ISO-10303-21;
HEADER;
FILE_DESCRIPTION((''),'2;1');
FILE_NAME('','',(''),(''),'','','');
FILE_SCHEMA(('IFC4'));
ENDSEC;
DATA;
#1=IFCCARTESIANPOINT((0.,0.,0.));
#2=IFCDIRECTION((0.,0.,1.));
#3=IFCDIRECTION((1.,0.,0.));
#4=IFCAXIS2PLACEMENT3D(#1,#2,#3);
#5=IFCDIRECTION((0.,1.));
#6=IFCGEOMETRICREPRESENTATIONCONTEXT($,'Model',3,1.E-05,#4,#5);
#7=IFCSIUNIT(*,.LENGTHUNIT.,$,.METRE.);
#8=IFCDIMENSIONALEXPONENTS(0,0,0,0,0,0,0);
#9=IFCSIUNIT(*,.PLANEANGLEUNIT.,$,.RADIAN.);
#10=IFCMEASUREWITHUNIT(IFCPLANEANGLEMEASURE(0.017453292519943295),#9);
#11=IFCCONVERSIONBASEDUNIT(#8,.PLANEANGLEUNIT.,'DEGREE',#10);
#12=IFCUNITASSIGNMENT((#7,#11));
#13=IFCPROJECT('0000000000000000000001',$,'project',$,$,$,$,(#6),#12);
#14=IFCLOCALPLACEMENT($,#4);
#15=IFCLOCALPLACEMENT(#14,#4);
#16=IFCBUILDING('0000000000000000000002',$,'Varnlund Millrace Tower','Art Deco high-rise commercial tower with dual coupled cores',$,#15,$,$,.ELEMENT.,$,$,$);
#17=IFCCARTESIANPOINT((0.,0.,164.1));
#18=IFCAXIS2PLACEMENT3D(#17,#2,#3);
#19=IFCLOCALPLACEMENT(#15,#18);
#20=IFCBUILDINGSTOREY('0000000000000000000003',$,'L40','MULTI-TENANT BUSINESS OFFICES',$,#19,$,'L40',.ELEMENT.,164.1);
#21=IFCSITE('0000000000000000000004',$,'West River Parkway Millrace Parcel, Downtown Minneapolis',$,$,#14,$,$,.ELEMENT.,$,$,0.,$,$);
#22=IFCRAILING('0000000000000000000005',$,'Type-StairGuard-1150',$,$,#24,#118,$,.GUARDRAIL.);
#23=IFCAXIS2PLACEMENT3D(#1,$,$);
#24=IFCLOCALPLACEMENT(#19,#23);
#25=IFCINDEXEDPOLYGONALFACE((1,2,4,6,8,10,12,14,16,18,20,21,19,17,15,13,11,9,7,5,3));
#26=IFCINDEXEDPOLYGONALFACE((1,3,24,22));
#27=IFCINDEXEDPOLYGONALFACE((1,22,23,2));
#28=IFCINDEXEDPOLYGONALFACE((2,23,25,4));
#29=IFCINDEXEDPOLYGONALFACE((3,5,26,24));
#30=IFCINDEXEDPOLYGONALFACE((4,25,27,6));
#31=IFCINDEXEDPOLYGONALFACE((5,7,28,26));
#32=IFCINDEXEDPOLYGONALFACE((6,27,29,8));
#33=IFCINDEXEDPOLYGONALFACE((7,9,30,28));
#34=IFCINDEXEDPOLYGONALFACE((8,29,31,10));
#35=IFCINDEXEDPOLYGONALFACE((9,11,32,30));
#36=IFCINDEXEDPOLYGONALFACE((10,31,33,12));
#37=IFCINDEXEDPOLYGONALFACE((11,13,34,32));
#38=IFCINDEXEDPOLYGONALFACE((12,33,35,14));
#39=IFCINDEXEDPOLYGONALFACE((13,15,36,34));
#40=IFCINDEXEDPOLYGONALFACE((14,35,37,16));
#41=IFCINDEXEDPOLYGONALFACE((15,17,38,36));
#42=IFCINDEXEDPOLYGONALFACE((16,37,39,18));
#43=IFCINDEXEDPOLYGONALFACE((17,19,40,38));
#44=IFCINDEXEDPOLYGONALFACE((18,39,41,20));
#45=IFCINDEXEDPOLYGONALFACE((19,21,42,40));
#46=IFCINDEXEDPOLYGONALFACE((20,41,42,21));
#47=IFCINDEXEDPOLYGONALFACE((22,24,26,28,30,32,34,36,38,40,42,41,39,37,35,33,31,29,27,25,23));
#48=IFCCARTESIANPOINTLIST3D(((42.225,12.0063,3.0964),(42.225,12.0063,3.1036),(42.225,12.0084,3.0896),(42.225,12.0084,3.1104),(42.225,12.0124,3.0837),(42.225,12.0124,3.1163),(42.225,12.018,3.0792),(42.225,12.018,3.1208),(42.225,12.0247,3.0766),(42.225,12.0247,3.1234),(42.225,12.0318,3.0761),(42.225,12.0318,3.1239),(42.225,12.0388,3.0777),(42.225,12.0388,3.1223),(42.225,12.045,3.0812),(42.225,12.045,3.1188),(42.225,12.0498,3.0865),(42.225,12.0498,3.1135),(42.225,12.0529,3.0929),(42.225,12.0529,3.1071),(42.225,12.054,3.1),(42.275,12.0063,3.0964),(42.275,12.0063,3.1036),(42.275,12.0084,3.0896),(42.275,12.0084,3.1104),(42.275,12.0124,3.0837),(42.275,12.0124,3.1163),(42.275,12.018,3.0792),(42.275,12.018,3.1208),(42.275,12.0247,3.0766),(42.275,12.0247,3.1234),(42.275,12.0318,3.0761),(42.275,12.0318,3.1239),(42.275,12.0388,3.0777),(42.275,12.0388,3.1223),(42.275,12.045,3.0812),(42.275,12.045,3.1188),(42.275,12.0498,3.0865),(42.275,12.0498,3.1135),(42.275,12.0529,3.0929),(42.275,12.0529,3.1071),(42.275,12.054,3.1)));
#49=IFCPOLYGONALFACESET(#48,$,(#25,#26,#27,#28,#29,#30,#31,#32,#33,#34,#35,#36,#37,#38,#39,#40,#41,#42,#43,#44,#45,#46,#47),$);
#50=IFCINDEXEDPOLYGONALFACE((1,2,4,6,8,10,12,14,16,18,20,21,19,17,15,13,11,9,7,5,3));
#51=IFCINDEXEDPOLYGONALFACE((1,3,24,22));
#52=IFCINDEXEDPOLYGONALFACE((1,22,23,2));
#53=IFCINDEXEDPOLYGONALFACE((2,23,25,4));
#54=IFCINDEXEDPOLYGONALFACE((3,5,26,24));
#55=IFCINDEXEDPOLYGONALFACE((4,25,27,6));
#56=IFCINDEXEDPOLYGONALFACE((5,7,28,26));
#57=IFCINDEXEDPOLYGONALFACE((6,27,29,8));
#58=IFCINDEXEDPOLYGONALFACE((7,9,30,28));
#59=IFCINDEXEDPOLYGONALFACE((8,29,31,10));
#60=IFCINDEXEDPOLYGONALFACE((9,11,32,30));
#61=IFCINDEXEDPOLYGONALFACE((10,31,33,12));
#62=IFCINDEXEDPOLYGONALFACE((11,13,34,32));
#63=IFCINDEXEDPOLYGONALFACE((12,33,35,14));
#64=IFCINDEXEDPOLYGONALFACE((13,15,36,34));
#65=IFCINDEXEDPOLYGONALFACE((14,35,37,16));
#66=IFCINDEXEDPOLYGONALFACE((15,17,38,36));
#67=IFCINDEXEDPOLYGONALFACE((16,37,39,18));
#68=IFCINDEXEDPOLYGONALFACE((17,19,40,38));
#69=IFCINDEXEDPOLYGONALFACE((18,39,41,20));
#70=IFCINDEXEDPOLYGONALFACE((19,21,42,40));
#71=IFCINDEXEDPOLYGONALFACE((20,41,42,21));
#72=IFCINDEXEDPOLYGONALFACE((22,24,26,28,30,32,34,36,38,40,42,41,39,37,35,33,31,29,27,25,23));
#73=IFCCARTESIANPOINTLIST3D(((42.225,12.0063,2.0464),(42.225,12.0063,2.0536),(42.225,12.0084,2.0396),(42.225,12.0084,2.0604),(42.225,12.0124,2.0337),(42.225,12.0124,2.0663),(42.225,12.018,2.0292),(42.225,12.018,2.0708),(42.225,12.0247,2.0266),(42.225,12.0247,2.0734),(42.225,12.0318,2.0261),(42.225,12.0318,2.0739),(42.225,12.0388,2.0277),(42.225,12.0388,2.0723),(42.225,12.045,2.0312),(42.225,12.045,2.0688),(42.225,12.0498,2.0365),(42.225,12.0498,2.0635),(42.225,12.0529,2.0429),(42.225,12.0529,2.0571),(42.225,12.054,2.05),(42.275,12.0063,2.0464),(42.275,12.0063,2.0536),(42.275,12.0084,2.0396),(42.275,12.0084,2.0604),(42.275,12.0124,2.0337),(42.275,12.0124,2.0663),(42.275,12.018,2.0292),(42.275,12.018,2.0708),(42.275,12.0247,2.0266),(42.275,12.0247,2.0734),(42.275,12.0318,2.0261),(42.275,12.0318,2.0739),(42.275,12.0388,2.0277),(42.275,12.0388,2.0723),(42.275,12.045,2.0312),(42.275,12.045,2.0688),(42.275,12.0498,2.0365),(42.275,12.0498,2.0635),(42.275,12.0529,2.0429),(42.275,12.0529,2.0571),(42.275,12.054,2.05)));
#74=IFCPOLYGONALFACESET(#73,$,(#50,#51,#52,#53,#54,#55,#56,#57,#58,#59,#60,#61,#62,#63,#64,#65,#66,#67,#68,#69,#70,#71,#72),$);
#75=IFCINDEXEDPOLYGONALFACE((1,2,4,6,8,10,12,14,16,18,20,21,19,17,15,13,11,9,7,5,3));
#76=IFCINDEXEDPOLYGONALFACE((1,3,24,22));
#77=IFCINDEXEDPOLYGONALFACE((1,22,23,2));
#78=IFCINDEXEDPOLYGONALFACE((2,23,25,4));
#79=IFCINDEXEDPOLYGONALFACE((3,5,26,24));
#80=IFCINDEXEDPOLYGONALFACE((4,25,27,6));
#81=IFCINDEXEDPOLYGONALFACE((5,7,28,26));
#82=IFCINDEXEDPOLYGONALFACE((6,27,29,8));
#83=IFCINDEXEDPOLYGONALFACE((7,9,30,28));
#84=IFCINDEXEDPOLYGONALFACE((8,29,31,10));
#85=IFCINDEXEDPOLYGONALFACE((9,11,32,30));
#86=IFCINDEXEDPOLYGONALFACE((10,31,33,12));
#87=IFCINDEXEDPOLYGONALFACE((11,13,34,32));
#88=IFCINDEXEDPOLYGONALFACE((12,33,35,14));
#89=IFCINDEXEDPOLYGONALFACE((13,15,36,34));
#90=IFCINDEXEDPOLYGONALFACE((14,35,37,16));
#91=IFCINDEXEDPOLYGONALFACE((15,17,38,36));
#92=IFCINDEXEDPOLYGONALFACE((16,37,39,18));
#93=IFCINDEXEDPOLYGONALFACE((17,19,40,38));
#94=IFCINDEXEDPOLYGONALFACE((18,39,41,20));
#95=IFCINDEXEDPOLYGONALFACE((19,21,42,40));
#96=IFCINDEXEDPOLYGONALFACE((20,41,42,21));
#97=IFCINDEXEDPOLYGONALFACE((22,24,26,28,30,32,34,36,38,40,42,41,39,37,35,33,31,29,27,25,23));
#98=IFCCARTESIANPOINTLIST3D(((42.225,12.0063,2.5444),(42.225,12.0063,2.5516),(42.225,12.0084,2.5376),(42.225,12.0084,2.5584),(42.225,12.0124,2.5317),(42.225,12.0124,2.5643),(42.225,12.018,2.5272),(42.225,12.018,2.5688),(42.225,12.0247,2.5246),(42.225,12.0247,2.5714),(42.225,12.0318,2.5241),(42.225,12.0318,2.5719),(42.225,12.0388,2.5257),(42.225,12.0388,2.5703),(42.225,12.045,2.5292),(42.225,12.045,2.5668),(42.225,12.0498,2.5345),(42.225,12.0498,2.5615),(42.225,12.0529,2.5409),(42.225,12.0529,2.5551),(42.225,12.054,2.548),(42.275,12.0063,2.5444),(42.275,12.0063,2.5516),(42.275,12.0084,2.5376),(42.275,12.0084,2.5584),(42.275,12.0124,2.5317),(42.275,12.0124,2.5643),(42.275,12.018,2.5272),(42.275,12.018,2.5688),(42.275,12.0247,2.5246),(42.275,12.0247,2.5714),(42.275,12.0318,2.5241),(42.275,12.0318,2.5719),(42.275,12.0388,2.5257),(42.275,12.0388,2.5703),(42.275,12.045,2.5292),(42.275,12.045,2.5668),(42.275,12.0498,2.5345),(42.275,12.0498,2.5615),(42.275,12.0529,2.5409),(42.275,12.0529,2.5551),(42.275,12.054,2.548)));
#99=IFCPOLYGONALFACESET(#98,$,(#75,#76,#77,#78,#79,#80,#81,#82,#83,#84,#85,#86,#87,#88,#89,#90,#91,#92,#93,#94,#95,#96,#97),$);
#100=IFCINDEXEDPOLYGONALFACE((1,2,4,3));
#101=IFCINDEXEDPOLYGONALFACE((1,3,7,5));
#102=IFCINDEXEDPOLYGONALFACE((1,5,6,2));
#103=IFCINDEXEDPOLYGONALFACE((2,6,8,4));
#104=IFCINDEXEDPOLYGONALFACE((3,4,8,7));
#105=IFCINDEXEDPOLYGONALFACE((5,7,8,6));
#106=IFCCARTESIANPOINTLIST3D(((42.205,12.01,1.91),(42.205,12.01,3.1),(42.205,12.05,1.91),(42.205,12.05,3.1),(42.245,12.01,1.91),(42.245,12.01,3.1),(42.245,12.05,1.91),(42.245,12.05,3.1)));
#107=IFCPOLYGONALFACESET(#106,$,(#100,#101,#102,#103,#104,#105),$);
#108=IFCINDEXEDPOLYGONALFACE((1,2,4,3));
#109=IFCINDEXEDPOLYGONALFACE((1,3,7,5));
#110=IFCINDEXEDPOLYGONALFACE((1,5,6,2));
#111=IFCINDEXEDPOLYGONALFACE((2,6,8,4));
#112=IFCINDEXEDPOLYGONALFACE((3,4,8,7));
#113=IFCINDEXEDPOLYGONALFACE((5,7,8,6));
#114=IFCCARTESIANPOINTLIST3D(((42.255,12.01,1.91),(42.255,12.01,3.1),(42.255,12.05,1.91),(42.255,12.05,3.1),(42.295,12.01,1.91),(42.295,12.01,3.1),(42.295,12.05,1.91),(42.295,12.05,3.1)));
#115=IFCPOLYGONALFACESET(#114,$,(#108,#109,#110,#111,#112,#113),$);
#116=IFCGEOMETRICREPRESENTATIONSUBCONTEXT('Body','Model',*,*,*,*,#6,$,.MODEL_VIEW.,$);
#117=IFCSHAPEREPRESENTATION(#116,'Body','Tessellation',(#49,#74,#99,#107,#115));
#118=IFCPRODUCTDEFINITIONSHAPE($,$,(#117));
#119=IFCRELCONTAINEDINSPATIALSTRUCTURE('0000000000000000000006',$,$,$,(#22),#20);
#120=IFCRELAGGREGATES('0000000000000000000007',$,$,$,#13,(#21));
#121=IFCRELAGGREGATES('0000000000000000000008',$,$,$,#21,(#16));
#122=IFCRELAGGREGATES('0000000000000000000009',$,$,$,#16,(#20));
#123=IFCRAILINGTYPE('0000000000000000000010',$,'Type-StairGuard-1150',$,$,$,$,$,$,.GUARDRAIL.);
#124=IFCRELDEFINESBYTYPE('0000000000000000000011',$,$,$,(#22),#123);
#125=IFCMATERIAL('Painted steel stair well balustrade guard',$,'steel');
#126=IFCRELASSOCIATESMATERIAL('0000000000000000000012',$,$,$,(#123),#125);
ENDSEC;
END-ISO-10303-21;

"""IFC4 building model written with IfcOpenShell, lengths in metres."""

from ifc_helpers import new_model, entity, si_unit, converted_unit, direction, frame, origin_with_axes, origin_2d_with_axis, place, context, subcontext, project, spatial, rectangle, circle, extrude, material, type_object, element, save


model = new_model("IFC4")

# Units and contexts
model_context = context("Model", 3, precision=1e-05, world=origin_with_axes(), true_north=direction((0.0, 1.0)))
body_context = subcontext(model_context, "Body", "Model", "MODEL_VIEW")
ifc_project = project(units=[si_unit("LENGTHUNIT", "METRE"), converted_unit("PLANEANGLEUNIT", "DEGREE", entity("IfcPlaneAngleMeasure", 0.017453292519943295), si_unit("PLANEANGLEUNIT", "RADIAN"), dimensions=[0, 0, 0, 0, 0, 0, 0])], contexts=[model_context])

# Site, building, storey
site_placement = place(None, origin_with_axes())
site = spatial("IfcSite", under=ifc_project, at=site_placement, Name="West River Parkway Millrace Parcel, Downtown Minneapolis", CompositionType="ELEMENT", RefElevation=0.0)
building_placement = place(site_placement, origin_with_axes())
building = spatial("IfcBuilding", under=site, at=building_placement, Name="Varnlund Millrace Tower", Description="Art Deco high-rise commercial tower with dual coupled cores", CompositionType="ELEMENT")
storey_placement = place(building_placement, frame((0.0, 0.0, 164.1), z_axis=(0.0, 0.0, 1.0), x_axis=(1.0, 0.0, 0.0)))
storey = spatial("IfcBuildingStorey", under=building, at=storey_placement, Name="L40", Description="MULTI-TENANT BUSINESS OFFICES", LongName="L40", CompositionType="ELEMENT", Elevation=164.1)

# Railing
ifc_material_1 = material(Name="Painted steel stair well balustrade guard", Category="steel")
railing_type_1 = type_object("IfcRailingType", Name="Type-StairGuard-1150", PredefinedType="GUARDRAIL", material=ifc_material_1)
railing_1_placement = place(storey_placement, frame((0.0, 0.0, -164.1), z_axis=(0.0, 0.0, 1.0), x_axis=(1.0, 0.0, 0.0)))
element("IfcRailing", 1, at=railing_1_placement, inside=storey, type_object=railing_type_1, Name="Type-StairGuard-1150", PredefinedType="GUARDRAIL", context=body_context, shape_type="SweptSolid", body=[
    extrude(circle(Radius=0.024, at=origin_2d_with_axis()), frame((42.225, 12.03, 167.2), z_axis=(1.0, 0.0, 0.0), x_axis=(0.0, 1.0, 0.0)), (0.0, 0.0, 1.0), 0.05),
    extrude(circle(Radius=0.024, at=origin_2d_with_axis()), frame((42.225, 12.03, 166.15), z_axis=(1.0, 0.0, 0.0), x_axis=(0.0, 1.0, 0.0)), (0.0, 0.0, 1.0), 0.05),
    extrude(circle(Radius=0.024, at=origin_2d_with_axis()), frame((42.225, 12.03, 166.648), z_axis=(1.0, 0.0, 0.0), x_axis=(0.0, 1.0, 0.0)), (0.0, 0.0, 1.0), 0.05),
    extrude(rectangle(XDim=0.04, YDim=0.04, at=origin_2d_with_axis()), frame((42.225, 12.03, 166.01), z_axis=(0.0, 0.0, 1.0), x_axis=(1.0, 0.0, 0.0)), (0.0, 0.0, 1.0), 1.19),
    extrude(rectangle(XDim=0.04, YDim=0.04, at=origin_2d_with_axis()), frame((42.275, 12.03, 166.01), z_axis=(0.0, 0.0, 1.0), x_axis=(1.0, 0.0, 0.0)), (0.0, 0.0, 1.0), 1.19),
])

save(model, "model.ifc")
